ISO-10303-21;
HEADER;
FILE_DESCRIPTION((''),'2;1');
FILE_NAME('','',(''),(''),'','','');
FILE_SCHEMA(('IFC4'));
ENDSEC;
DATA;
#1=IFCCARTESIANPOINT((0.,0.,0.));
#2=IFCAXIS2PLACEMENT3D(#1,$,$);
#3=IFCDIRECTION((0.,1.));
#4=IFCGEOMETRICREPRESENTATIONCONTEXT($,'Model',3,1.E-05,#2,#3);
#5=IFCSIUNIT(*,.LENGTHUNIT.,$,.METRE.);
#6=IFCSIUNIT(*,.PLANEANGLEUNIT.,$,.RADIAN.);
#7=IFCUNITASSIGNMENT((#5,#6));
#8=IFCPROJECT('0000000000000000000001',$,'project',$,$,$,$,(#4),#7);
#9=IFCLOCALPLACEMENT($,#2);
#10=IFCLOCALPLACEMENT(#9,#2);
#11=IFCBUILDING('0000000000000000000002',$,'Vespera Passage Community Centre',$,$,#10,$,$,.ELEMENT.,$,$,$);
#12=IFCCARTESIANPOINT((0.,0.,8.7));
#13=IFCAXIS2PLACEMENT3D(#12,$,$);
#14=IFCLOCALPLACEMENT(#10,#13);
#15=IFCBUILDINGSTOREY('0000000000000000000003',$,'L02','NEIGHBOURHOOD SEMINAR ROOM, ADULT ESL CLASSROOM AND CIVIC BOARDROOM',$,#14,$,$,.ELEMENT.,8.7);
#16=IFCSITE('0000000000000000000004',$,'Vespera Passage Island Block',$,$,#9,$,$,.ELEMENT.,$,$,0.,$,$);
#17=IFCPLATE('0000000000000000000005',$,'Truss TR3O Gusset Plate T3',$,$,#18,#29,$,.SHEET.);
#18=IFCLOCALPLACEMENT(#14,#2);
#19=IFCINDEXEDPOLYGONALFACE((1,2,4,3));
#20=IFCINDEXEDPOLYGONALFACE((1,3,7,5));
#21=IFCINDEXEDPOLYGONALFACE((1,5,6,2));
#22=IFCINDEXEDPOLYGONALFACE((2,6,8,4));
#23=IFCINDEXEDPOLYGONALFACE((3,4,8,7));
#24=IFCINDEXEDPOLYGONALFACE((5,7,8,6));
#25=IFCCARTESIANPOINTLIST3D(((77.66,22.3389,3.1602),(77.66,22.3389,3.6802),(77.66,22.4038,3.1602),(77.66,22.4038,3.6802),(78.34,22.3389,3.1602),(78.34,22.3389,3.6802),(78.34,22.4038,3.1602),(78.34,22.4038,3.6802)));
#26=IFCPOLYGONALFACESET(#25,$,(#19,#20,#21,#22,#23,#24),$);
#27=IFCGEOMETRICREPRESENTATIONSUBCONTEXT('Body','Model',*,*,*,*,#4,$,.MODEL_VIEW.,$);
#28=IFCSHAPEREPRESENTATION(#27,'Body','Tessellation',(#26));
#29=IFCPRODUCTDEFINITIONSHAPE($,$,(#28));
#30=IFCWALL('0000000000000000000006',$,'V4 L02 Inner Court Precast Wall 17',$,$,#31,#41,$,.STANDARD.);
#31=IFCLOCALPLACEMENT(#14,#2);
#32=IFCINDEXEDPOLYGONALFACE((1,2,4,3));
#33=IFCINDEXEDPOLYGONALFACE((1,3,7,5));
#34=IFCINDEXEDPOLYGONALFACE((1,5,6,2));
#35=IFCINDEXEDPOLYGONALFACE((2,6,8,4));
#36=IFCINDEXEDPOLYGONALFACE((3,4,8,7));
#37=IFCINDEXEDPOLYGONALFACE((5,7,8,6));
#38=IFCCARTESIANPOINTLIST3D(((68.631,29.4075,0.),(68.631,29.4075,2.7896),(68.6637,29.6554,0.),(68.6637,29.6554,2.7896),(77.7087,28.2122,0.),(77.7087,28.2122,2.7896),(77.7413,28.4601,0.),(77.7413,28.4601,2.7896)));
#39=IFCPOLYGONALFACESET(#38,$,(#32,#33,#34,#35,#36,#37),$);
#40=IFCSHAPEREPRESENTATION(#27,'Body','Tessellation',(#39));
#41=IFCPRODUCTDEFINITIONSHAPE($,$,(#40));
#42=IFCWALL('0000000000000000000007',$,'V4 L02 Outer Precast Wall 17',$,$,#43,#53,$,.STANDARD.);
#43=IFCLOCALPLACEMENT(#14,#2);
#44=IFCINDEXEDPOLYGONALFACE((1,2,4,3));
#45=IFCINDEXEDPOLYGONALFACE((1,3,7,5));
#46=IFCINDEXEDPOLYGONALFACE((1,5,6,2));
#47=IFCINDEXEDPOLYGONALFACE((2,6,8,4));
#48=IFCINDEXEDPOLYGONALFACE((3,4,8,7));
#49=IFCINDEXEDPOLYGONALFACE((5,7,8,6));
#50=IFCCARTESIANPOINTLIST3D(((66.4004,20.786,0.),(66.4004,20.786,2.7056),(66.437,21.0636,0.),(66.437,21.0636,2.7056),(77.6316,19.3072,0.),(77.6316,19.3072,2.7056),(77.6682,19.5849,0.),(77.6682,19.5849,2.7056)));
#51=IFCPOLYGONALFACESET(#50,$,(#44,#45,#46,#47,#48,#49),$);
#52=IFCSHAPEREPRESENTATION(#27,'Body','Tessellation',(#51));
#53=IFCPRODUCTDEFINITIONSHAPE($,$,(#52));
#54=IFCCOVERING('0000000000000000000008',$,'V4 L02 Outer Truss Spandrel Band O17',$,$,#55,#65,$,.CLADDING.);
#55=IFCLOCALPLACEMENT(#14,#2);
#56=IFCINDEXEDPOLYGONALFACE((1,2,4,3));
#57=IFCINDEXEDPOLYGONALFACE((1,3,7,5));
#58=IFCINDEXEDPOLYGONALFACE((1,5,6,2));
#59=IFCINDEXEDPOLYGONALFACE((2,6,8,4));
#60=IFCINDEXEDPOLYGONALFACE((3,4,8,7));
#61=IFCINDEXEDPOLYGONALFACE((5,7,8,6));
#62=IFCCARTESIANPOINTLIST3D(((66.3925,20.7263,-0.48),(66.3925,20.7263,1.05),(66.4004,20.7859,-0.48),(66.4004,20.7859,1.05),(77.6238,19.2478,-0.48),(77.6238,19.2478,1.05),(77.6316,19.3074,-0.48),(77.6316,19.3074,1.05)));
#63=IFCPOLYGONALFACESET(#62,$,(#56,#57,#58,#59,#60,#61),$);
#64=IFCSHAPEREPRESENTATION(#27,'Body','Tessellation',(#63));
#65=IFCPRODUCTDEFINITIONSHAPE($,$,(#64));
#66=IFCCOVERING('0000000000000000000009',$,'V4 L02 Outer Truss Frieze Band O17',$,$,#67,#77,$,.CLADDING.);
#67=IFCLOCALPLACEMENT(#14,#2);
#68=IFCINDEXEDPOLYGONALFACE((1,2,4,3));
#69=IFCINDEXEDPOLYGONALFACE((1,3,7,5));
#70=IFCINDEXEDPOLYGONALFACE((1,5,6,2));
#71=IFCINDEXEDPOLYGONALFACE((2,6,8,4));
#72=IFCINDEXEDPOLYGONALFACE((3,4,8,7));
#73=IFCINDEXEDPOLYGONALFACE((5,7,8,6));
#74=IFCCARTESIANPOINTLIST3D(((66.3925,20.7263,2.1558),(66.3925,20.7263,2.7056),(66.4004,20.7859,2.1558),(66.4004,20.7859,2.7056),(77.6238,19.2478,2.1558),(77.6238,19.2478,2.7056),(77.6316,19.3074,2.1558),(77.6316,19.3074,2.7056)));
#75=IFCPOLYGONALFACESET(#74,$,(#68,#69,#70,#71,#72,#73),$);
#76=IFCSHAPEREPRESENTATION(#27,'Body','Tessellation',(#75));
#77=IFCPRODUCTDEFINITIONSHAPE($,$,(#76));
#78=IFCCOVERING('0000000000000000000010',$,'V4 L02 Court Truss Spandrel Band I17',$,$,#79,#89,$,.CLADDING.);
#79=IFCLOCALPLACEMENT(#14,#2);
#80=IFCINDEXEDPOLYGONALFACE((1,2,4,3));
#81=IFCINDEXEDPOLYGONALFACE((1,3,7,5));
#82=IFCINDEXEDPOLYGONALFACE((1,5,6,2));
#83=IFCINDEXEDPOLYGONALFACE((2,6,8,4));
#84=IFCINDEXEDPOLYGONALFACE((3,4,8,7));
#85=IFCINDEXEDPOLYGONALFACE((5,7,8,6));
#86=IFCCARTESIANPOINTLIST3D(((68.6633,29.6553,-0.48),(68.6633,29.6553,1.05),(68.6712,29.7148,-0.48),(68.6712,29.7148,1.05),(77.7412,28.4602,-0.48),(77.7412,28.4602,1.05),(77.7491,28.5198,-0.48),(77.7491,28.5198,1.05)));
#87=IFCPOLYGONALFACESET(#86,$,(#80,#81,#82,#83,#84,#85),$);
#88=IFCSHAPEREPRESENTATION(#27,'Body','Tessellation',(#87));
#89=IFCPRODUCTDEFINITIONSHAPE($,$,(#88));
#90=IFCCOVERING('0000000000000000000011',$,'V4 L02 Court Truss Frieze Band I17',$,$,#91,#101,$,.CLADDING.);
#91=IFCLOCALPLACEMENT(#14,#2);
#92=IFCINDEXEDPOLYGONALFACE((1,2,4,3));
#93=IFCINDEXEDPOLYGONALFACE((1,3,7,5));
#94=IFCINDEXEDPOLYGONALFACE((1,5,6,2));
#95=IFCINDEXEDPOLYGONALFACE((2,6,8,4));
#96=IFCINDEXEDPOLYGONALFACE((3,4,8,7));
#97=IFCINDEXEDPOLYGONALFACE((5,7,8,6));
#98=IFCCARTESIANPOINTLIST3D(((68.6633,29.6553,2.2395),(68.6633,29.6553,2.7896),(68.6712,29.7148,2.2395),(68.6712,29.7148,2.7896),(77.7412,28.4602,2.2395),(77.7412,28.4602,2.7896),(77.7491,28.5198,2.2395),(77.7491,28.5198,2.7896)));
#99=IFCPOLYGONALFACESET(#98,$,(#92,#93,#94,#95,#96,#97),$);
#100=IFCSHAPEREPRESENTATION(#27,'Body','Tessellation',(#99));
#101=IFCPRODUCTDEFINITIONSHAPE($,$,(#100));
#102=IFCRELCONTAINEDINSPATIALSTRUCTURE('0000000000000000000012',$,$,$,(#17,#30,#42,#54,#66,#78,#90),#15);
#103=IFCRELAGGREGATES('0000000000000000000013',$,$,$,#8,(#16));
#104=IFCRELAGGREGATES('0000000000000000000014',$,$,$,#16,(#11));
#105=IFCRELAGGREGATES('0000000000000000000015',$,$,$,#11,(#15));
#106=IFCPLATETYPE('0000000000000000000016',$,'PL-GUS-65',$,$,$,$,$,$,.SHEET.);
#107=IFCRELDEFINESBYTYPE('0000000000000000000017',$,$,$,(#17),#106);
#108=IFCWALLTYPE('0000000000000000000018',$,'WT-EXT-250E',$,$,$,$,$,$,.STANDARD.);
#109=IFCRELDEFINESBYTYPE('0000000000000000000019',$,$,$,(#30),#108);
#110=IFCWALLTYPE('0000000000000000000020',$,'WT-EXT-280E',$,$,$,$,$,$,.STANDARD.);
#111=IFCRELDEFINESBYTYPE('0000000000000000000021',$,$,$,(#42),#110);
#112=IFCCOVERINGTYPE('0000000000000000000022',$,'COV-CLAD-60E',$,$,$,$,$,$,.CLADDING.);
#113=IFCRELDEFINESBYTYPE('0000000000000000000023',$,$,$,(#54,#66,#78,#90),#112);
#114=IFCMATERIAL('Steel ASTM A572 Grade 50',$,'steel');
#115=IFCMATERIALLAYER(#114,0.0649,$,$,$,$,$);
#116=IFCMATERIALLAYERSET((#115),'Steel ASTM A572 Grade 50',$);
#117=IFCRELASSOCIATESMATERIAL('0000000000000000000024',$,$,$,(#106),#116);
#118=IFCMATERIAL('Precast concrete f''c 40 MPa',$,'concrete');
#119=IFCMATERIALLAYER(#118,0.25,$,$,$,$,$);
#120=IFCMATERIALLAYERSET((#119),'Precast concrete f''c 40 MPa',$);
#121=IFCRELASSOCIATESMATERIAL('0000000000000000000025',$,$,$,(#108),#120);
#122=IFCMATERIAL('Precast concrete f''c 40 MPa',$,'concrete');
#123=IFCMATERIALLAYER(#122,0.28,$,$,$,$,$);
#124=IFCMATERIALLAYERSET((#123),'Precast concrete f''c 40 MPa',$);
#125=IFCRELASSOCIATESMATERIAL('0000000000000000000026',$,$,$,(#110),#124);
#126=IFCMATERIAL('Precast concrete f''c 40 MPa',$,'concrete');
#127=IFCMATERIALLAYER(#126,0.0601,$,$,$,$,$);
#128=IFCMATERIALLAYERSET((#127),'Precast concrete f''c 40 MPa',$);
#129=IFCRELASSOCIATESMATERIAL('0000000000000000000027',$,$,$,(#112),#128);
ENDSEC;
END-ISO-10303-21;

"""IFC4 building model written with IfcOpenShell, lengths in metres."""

from ifc_helpers import new_model, si_unit, direction, frame, frame_2d, origin, origin_2d, place, context, subcontext, project, spatial, rectangle, extrude, material, layer, layer_set, type_object, element, save


model = new_model("IFC4")

# Units and contexts
model_context = context("Model", 3, precision=1e-05, world=origin(), true_north=direction((0.0, 1.0)))
body_context = subcontext(model_context, "Body", "Model", "MODEL_VIEW")
ifc_project = project(units=[si_unit("LENGTHUNIT", "METRE"), si_unit("PLANEANGLEUNIT", "RADIAN")], contexts=[model_context])

# Site, building, storey
site_placement = place(None, origin())
site = spatial("IfcSite", under=ifc_project, at=site_placement, Name="Vespera Passage Island Block", CompositionType="ELEMENT", RefElevation=0.0)
building_placement = place(site_placement, origin())
building = spatial("IfcBuilding", under=site, at=building_placement, Name="Vespera Passage Community Centre", CompositionType="ELEMENT")
storey_placement = place(building_placement, frame((0.0, 0.0, 8.7)))
storey = spatial("IfcBuildingStorey", under=building, at=storey_placement, Name="L02", Description="NEIGHBOURHOOD SEMINAR ROOM, ADULT ESL CLASSROOM AND CIVIC BOARDROOM", CompositionType="ELEMENT", Elevation=8.7)

# Plate
ifc_material_1 = material(Name="Steel ASTM A572 Grade 50", Category="steel")
ifc_layer_1 = layer(ifc_material_1, 0.0649)
ifc_layer_set_1 = layer_set([ifc_layer_1], Name="Steel ASTM A572 Grade 50")
plate_type_1 = type_object("IfcPlateType", Name="PL-GUS-65", PredefinedType="SHEET", material=ifc_layer_set_1)
for number, where, z_axis, x_axis, name in (
    (1, (78.0, 22.3713, 3.1602), (0.0, 0.0, 1.0), (1.0, 0.0, 0.0), "Truss TR3O Gusset Plate T3"),
):
    element("IfcPlate", number, at=place(storey_placement, frame(where, z_axis=z_axis, x_axis=x_axis)), inside=storey, type_object=plate_type_1, Name=name, PredefinedType="SHEET", context=body_context, shape_type="SweptSolid", body=[
        extrude(rectangle(XDim=0.6799, YDim=0.0649, at=origin_2d()), origin(), (0.0, 0.0, 1.0), 0.52),
    ])

# Walls
ifc_material_2 = material(Name="Precast concrete f'c 40 MPa", Category="concrete")
ifc_layer_2 = layer(ifc_material_2, 0.25)
ifc_layer_set_2 = layer_set([ifc_layer_2], Name="Precast concrete f'c 40 MPa")
wall_type_1 = type_object("IfcWallType", Name="WT-EXT-250E", PredefinedType="STANDARD", material=ifc_layer_set_2)
wall_1_placement = place(storey_placement, frame((68.6472, 29.5315, 0.0), z_axis=(0.0, 0.0, 1.0), x_axis=(0.991442, -0.13055, 0.0)))
element("IfcWall", 2, at=wall_1_placement, inside=storey, type_object=wall_type_1, Name="V4 L02 Inner Court Precast Wall 17", PredefinedType="STANDARD", context=body_context, shape_type="SweptSolid", body=[
    extrude(rectangle(XDim=9.156, YDim=0.25, at=frame_2d((4.5781, 0.0))), origin(), (0.0, 0.0, 1.0), 2.7896),
])
ifc_material_3 = material(Name="Precast concrete f'c 40 MPa", Category="concrete")
ifc_layer_3 = layer(ifc_material_3, 0.28)
ifc_layer_set_3 = layer_set([ifc_layer_3], Name="Precast concrete f'c 40 MPa")
wall_type_2 = type_object("IfcWallType", Name="WT-EXT-280E", PredefinedType="STANDARD", material=ifc_layer_set_3)
wall_2_placement = place(storey_placement, frame((77.6499, 19.446, 0.0), z_axis=(0.0, 0.0, 1.0), x_axis=(-0.991443, 0.130539, 0.0)))
element("IfcWall", 3, at=wall_2_placement, inside=storey, type_object=wall_type_2, Name="V4 L02 Outer Precast Wall 17", PredefinedType="STANDARD", context=body_context, shape_type="SweptSolid", body=[
    extrude(rectangle(XDim=11.3281, YDim=0.28, at=frame_2d((5.6641, 0.0))), origin(), (0.0, 0.0, 1.0), 2.7056),
])

# Coverings
ifc_material_4 = material(Name="Precast concrete f'c 40 MPa", Category="concrete")
ifc_layer_4 = layer(ifc_material_4, 0.0601)
ifc_layer_set_4 = layer_set([ifc_layer_4], Name="Precast concrete f'c 40 MPa")
covering_type = type_object("IfcCoveringType", Name="COV-CLAD-60E", PredefinedType="CLADDING", material=ifc_layer_set_4)
covering_1_placement = place(storey_placement, frame((77.6277, 19.2776, -0.48), z_axis=(0.0, 0.0, 1.0), x_axis=(-0.991446, 0.130518, 0.0)))
element("IfcCovering", 4, at=covering_1_placement, inside=storey, type_object=covering_type, Name="V4 L02 Outer Truss Spandrel Band O17", PredefinedType="CLADDING", context=body_context, shape_type="SweptSolid", body=[
    extrude(rectangle(XDim=11.3281, YDim=0.0601, at=frame_2d((5.6641, 0.0))), origin(), (0.0, 0.0, 1.0), 1.53),
])
covering_2_placement = place(storey_placement, frame((77.6277, 19.2776, 2.1558), z_axis=(0.0, 0.0, 1.0), x_axis=(-0.991446, 0.130518, 0.0)))
element("IfcCovering", 5, at=covering_2_placement, inside=storey, type_object=covering_type, Name="V4 L02 Outer Truss Frieze Band O17", PredefinedType="CLADDING", context=body_context, shape_type="SweptSolid", body=[
    extrude(rectangle(XDim=11.3281, YDim=0.0601, at=frame_2d((5.6641, 0.0))), origin(), (0.0, 0.0, 1.0), 0.5498),
])
covering_3_placement = place(storey_placement, frame((68.6672, 29.6851, -0.48), z_axis=(0.0, 0.0, 1.0), x_axis=(0.991446, -0.13052, 0.0)))
element("IfcCovering", 6, at=covering_3_placement, inside=storey, type_object=covering_type, Name="V4 L02 Court Truss Spandrel Band I17", PredefinedType="CLADDING", context=body_context, shape_type="SweptSolid", body=[
    extrude(rectangle(XDim=9.1562, YDim=0.0601, at=frame_2d((4.5781, 0.0))), origin(), (0.0, 0.0, 1.0), 1.53),
])
covering_4_placement = place(storey_placement, frame((68.6672, 29.6851, 2.2395), z_axis=(0.0, 0.0, 1.0), x_axis=(0.991446, -0.13052, 0.0)))
element("IfcCovering", 7, at=covering_4_placement, inside=storey, type_object=covering_type, Name="V4 L02 Court Truss Frieze Band I17", PredefinedType="CLADDING", context=body_context, shape_type="SweptSolid", body=[
    extrude(rectangle(XDim=9.1562, YDim=0.0601, at=frame_2d((4.5781, 0.0))), origin(), (0.0, 0.0, 1.0), 0.55),
])

save(model, "model.ifc")
